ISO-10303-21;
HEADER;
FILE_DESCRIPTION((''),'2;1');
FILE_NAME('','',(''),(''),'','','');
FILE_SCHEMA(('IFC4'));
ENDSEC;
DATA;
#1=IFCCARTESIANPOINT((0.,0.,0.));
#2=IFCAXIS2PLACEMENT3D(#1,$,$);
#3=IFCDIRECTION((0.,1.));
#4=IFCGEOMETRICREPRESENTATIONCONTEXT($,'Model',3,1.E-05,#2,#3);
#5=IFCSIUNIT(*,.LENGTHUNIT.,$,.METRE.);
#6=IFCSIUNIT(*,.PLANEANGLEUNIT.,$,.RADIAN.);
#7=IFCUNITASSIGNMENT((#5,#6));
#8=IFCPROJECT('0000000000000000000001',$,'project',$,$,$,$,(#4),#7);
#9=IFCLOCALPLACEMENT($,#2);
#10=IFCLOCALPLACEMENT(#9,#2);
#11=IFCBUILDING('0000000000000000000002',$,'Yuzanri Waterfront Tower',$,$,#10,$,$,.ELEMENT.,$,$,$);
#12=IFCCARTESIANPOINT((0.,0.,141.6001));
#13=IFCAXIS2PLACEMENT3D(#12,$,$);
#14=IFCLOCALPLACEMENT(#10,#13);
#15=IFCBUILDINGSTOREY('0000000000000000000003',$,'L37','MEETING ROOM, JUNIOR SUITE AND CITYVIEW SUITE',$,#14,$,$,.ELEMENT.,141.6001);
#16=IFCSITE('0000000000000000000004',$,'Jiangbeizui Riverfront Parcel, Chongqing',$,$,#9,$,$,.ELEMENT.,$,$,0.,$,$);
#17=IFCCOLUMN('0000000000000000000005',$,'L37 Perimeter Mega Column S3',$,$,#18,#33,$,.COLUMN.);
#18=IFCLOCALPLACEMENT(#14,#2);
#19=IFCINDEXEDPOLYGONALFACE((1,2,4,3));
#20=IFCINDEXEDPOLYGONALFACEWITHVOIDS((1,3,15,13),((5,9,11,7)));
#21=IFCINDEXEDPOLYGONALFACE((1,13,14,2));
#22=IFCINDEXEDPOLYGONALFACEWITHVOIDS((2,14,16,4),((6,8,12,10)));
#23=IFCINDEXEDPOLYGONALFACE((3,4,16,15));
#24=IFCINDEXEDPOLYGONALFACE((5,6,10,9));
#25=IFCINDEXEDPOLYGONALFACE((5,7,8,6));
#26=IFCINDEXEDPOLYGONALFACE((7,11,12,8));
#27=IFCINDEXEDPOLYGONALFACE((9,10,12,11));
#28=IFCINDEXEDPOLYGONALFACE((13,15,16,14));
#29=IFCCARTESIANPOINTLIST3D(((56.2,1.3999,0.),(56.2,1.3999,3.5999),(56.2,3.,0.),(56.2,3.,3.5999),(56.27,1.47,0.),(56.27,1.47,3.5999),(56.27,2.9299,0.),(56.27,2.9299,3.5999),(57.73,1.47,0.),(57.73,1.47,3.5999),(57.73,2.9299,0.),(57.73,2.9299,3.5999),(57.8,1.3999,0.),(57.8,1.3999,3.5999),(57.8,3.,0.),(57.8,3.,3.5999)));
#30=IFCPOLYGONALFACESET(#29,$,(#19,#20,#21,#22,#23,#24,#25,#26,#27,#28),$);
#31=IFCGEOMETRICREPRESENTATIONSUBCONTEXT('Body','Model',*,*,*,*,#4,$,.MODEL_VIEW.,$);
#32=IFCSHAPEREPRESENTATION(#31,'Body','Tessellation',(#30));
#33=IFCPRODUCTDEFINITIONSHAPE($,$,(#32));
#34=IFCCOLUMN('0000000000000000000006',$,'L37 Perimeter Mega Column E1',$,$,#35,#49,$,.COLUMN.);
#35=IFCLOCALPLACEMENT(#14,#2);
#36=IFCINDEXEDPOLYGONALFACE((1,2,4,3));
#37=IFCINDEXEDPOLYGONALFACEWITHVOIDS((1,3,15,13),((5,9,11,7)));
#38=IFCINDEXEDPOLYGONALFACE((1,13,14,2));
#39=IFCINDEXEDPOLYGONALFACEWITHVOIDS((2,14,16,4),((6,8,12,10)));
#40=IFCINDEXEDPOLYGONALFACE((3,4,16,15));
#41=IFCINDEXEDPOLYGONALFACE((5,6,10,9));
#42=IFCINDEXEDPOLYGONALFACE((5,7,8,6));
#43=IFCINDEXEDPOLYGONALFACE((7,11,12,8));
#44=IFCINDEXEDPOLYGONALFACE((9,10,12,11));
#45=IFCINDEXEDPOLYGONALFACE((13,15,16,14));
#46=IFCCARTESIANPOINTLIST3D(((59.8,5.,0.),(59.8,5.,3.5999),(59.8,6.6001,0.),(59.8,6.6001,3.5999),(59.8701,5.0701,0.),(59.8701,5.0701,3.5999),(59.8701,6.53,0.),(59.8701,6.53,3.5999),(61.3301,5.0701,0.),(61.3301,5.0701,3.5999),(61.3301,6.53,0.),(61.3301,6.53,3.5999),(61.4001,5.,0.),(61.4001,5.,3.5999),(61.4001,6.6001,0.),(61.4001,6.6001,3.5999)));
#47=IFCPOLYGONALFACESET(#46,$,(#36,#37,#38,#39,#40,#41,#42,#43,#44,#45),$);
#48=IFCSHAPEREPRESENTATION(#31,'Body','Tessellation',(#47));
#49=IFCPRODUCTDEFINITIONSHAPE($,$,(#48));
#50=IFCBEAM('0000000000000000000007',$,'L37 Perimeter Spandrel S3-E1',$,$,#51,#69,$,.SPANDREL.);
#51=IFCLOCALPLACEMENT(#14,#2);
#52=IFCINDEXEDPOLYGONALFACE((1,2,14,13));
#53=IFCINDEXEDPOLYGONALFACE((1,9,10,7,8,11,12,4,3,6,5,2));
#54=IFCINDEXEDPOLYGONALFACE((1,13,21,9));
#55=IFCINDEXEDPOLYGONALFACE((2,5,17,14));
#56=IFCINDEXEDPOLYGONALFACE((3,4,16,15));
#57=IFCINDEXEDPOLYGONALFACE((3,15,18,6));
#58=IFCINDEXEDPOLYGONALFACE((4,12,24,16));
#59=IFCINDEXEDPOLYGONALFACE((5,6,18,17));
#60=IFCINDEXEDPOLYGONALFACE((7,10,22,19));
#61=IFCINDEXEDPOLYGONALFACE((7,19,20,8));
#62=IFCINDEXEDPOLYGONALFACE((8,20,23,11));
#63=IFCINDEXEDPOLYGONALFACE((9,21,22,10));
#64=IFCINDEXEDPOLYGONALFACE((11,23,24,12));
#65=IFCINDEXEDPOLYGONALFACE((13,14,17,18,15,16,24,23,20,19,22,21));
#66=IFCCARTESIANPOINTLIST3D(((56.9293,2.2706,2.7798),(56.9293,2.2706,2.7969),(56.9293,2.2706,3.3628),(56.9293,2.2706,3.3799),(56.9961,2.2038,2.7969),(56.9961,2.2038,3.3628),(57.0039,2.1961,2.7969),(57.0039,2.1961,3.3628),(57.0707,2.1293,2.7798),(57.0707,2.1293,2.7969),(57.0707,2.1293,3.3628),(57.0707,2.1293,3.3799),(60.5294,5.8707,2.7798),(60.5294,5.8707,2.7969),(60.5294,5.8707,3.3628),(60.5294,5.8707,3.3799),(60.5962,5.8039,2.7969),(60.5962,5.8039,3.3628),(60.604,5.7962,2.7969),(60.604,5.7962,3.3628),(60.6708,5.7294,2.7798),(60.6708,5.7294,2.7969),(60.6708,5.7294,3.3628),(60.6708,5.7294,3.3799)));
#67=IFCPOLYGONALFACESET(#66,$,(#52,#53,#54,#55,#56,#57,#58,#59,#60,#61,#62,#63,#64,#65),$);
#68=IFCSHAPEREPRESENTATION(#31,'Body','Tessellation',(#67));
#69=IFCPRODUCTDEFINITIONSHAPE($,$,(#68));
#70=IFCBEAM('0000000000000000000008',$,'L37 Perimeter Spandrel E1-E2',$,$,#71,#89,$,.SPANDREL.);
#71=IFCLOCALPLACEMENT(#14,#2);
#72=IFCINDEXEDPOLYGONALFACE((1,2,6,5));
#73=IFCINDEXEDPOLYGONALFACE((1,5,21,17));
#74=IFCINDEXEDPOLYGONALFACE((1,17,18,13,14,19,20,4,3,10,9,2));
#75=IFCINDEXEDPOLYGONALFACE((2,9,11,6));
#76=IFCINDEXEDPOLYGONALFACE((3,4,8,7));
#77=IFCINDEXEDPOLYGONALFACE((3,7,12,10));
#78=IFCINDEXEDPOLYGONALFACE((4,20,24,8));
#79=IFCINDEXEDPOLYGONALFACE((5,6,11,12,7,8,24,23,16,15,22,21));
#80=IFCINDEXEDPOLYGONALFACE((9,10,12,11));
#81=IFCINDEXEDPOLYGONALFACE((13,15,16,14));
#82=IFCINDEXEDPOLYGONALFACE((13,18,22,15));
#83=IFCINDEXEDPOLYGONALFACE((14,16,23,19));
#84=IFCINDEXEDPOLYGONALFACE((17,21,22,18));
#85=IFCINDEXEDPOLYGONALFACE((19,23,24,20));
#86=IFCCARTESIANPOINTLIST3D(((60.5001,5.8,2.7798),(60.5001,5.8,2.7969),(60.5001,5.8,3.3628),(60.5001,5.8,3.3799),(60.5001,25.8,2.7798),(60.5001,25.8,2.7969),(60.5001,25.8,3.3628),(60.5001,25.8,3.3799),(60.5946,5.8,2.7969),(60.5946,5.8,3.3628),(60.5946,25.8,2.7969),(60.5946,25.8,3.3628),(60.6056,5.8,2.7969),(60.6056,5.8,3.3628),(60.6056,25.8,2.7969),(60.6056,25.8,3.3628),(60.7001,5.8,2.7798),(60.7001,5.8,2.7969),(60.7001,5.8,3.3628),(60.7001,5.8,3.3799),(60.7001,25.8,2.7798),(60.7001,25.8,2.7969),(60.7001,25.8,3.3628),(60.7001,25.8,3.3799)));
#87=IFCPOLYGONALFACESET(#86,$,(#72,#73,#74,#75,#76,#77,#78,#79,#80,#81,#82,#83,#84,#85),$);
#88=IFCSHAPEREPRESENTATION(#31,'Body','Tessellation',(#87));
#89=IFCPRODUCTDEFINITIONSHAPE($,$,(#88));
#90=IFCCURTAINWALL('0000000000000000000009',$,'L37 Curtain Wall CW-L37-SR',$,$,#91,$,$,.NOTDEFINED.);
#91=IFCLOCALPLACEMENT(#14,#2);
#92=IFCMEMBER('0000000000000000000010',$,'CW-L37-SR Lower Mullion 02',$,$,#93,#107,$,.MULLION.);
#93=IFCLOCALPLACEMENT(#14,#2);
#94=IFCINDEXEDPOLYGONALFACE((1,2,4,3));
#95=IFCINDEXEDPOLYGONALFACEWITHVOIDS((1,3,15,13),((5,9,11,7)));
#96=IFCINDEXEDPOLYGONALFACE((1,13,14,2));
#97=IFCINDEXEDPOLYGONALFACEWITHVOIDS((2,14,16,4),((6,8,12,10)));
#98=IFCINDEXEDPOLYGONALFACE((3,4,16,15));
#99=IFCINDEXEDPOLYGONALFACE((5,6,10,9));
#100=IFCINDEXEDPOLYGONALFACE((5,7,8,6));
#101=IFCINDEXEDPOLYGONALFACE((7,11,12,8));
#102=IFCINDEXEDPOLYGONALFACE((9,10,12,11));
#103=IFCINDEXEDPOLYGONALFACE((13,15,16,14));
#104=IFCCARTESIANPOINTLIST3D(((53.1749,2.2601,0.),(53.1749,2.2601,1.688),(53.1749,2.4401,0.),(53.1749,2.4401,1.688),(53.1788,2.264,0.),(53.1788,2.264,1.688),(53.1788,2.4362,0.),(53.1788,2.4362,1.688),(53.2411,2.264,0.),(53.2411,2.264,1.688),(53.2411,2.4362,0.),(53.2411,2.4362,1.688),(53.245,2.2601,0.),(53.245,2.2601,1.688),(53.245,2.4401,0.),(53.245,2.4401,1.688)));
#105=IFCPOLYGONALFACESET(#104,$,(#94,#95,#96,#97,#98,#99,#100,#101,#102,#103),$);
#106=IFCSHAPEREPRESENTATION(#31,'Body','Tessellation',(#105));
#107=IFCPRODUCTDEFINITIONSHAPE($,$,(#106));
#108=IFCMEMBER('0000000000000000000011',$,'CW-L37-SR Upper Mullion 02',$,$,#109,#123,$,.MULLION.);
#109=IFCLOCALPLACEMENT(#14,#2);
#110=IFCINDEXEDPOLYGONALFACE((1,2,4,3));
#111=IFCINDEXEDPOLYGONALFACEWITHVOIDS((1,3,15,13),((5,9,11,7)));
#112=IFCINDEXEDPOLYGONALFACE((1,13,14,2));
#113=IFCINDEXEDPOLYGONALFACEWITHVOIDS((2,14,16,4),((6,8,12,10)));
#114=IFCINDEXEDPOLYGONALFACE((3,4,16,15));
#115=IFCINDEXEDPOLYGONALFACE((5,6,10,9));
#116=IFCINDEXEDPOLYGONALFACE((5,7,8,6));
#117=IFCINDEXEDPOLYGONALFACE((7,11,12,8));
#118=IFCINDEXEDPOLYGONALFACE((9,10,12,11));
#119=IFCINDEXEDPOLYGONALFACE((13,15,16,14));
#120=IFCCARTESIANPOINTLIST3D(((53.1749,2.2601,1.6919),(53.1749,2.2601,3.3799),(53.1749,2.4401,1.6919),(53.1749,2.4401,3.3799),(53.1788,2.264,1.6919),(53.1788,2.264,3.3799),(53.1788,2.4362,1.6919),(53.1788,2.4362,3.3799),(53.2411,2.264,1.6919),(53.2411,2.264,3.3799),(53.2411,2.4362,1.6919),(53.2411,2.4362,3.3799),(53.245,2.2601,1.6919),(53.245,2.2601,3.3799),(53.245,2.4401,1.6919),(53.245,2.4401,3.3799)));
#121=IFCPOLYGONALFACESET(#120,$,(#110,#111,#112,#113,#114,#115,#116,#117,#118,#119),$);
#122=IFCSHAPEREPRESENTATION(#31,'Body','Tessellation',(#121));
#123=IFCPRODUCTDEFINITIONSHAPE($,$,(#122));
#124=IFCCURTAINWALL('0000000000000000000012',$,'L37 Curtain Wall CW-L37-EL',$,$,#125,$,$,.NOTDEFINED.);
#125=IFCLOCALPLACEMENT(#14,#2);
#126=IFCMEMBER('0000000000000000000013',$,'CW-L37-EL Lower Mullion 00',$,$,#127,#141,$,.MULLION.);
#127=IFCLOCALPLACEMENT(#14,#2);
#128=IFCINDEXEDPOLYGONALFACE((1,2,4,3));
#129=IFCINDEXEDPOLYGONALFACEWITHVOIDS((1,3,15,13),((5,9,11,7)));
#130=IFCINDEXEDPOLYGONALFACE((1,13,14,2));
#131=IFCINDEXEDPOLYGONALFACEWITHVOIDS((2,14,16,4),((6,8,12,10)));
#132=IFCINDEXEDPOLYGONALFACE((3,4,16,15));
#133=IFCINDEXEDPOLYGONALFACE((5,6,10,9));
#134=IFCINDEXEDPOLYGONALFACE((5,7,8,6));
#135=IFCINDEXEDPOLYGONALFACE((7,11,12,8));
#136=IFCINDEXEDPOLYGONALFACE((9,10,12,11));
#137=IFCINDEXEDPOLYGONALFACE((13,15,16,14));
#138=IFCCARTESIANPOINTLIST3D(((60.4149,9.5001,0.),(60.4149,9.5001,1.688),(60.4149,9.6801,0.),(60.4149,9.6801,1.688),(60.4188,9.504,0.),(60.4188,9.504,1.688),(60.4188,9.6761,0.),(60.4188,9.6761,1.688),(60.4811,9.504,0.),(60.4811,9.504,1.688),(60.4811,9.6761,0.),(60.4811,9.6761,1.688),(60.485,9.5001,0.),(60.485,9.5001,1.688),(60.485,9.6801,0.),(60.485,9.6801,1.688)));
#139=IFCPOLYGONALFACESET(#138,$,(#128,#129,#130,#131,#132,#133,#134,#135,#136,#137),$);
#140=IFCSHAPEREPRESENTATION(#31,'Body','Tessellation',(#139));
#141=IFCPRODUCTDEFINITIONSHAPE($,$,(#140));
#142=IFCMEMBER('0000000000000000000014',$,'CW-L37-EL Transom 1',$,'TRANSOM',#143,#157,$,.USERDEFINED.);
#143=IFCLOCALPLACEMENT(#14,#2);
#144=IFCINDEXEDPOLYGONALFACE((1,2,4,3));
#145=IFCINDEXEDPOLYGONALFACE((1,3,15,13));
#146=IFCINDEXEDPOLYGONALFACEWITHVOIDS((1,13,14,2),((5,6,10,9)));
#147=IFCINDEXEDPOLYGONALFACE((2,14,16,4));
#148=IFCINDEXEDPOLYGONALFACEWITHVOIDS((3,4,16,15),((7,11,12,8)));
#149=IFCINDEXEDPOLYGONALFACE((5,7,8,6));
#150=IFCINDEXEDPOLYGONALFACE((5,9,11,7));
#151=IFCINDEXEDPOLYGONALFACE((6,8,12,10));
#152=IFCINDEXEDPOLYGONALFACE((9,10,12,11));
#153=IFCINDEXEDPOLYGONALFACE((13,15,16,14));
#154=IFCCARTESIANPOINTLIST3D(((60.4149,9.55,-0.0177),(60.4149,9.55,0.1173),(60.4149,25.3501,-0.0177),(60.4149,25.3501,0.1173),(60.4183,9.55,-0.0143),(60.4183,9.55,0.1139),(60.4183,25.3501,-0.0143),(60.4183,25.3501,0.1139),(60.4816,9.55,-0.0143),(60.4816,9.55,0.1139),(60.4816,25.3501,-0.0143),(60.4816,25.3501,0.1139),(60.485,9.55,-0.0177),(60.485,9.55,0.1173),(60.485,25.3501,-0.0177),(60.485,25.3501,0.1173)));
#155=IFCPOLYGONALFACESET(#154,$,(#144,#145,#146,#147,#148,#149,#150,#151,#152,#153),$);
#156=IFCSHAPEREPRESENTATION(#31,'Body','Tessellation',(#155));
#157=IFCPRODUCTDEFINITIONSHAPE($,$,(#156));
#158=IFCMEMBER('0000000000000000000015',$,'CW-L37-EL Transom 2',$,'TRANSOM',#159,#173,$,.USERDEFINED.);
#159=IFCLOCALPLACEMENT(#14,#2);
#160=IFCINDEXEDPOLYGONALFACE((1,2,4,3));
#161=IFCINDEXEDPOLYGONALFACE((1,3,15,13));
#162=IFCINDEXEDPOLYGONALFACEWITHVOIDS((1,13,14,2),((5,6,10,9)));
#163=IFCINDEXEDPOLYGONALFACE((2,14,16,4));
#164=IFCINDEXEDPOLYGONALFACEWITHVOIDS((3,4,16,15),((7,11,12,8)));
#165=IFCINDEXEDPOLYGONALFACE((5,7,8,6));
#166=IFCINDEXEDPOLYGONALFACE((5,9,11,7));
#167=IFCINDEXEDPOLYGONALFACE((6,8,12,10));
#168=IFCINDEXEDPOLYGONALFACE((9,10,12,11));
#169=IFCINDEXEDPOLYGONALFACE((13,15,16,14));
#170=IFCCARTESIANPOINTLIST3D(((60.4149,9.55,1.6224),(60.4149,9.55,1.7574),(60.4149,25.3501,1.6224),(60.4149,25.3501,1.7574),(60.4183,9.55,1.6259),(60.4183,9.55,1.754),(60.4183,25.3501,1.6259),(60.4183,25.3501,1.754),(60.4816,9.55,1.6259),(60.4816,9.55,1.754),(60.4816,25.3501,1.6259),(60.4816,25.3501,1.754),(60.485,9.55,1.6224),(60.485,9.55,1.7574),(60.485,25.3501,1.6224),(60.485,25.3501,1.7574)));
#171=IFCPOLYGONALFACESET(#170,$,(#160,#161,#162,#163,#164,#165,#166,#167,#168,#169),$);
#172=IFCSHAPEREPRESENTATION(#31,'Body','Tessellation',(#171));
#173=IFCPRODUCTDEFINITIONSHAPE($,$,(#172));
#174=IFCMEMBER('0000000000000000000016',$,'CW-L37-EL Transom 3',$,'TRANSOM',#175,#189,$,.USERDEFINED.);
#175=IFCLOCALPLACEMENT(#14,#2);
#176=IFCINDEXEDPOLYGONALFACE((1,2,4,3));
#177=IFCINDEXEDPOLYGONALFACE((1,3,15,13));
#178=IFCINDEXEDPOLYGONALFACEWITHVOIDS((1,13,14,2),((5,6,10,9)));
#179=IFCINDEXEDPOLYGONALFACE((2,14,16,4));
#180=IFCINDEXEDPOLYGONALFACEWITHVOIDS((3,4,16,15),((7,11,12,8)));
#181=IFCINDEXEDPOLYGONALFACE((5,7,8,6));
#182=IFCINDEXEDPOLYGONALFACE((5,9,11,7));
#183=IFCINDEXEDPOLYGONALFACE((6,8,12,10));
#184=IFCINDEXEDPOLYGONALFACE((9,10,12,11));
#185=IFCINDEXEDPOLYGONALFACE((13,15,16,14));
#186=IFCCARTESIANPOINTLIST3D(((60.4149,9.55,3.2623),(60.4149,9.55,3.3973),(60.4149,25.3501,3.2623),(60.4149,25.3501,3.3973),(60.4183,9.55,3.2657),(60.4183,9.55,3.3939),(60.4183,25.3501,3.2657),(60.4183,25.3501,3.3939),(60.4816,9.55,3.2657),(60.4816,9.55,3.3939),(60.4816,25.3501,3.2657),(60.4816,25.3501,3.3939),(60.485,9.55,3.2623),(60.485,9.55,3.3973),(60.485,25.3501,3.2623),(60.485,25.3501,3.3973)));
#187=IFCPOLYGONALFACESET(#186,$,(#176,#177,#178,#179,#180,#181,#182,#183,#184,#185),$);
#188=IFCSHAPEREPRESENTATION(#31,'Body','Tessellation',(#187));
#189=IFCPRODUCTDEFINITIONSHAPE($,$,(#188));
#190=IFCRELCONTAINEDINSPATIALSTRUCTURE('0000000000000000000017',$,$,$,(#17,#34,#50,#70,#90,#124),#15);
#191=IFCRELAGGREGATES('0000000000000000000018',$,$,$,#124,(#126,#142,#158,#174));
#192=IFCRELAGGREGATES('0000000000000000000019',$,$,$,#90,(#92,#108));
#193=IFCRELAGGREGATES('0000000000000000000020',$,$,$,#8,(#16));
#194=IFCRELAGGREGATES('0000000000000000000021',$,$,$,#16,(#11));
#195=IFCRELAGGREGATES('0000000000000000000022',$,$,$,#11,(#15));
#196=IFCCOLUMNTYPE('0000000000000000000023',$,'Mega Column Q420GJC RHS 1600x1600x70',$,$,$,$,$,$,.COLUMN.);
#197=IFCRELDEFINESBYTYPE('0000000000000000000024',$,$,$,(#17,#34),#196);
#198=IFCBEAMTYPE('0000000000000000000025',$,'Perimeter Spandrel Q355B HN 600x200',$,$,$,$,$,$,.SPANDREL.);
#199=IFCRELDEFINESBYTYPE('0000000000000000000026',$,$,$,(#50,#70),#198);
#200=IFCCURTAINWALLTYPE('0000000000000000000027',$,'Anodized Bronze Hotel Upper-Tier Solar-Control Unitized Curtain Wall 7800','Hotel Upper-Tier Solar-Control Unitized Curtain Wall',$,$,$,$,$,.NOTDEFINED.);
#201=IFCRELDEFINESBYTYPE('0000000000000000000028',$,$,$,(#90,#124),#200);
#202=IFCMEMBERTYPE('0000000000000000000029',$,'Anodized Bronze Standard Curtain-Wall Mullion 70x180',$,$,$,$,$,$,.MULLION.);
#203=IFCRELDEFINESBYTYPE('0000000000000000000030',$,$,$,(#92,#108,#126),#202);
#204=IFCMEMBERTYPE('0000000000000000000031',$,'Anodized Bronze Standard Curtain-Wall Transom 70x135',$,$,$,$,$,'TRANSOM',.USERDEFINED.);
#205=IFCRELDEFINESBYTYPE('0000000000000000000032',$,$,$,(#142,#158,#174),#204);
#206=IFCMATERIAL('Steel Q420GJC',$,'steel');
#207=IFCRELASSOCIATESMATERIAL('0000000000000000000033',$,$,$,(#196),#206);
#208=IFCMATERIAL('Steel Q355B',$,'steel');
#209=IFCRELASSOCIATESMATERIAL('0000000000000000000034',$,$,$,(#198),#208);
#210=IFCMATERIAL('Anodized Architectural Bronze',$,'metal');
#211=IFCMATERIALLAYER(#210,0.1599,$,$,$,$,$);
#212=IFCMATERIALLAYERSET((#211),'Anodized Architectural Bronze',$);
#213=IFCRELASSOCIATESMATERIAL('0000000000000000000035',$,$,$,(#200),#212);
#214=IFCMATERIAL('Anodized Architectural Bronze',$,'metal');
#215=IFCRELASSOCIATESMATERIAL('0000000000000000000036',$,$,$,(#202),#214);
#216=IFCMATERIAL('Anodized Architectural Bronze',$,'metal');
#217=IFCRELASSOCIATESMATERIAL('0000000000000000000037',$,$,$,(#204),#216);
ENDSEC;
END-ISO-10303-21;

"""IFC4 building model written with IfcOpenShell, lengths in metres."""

from ifc_helpers import new_model, si_unit, direction, frame, origin, origin_2d, place, context, subcontext, project, spatial, hollow_rectangle, i_section, extrude, source, transform, mapped, material, layer, layer_set, material_profile, profile_set, type_object, element, aggregate, save


model = new_model("IFC4")

# Units and contexts
model_context = context("Model", 3, precision=1e-05, world=origin(), true_north=direction((0.0, 1.0)))
body_context = subcontext(model_context, "Body", "Model", "MODEL_VIEW")
ifc_project = project(units=[si_unit("LENGTHUNIT", "METRE"), si_unit("PLANEANGLEUNIT", "RADIAN")], contexts=[model_context])

# Site, building, storey
site_placement = place(None, origin())
site = spatial("IfcSite", under=ifc_project, at=site_placement, Name="Jiangbeizui Riverfront Parcel, Chongqing", CompositionType="ELEMENT", RefElevation=0.0)
building_placement = place(site_placement, origin())
building = spatial("IfcBuilding", under=site, at=building_placement, Name="Yuzanri Waterfront Tower", CompositionType="ELEMENT")
storey_placement = place(building_placement, frame((0.0, 0.0, 141.6001)))
storey = spatial("IfcBuildingStorey", under=building, at=storey_placement, Name="L37", Description="MEETING ROOM, JUNIOR SUITE AND CITYVIEW SUITE", CompositionType="ELEMENT", Elevation=141.6001)

# Columns
ifc_material_1 = material(Name="Steel Q420GJC", Category="steel")
ifc_material_profile_1 = material_profile(ifc_material_1, hollow_rectangle(XDim=1.6001, YDim=1.6001, WallThickness=0.0701, at=origin_2d()), Name="RHS 1600x1600x70")
ifc_profile_set_1 = profile_set([ifc_material_profile_1], Name="Steel Q420GJC")
column_type = type_object("IfcColumnType", Name="Mega Column Q420GJC RHS 1600x1600x70", PredefinedType="COLUMN", material=ifc_profile_set_1)
shared_shape_1 = source(origin(), body_context, "Body", "SweptSolid", [
    extrude(hollow_rectangle(XDim=1.6001, YDim=1.6001, WallThickness=0.0701, at=origin_2d()), origin(), (0.0, 0.0, 1.0), 3.5999),
])
for number, where, z_axis, x_axis, name in (
    (1, (57.0, 2.2, 0.0), (0.0, 0.0, 1.0), (1.0, 0.0, 0.0), "L37 Perimeter Mega Column S3"),
    (2, (60.6001, 5.8, 0.0), (0.0, 0.0, 1.0), (1.0, 0.0, 0.0), "L37 Perimeter Mega Column E1"),
):
    element("IfcColumn", number, at=place(storey_placement, frame(where, z_axis=z_axis, x_axis=x_axis)), inside=storey, type_object=column_type, Name=name, PredefinedType="COLUMN", context=body_context, shape_type="MappedRepresentation", body=[
        mapped(shared_shape_1, transform((0.0, 0.0, 0.0), scale=1.0)),
    ])

# Beams
ifc_material_2 = material(Name="Steel Q355B", Category="steel")
ifc_material_profile_2 = material_profile(ifc_material_2, i_section(OverallWidth=0.2, OverallDepth=0.6001, WebThickness=0.011, FlangeThickness=0.0171, at=origin_2d()), Name="HN 600x200x11x17")
ifc_profile_set_2 = profile_set([ifc_material_profile_2], Name="Steel Q355B")
beam_type = type_object("IfcBeamType", Name="Perimeter Spandrel Q355B HN 600x200", PredefinedType="SPANDREL", material=ifc_profile_set_2)
shared_shape_2 = source(origin(), body_context, "Body", "SweptSolid", [
    extrude(i_section(OverallWidth=0.2, OverallDepth=0.6001, WebThickness=0.011, FlangeThickness=0.0171, at=origin_2d()), origin(), (0.0, 0.0, 1.0), 5.0913),
])
beam_1_placement = place(storey_placement, frame((57.0, 2.2, 3.0798), z_axis=(0.707107, 0.707107, 0.0), x_axis=(-0.707107, 0.707107, 0.0)))
element("IfcBeam", 3, at=beam_1_placement, inside=storey, type_object=beam_type, Name="L37 Perimeter Spandrel S3-E1", PredefinedType="SPANDREL", context=body_context, shape_type="MappedRepresentation", body=[
    mapped(shared_shape_2, transform((0.0, 0.0, 0.0), scale=1.0)),
])
shared_shape_3 = source(origin(), body_context, "Body", "SweptSolid", [
    extrude(i_section(OverallWidth=0.2, OverallDepth=0.6001, WebThickness=0.011, FlangeThickness=0.0171, at=origin_2d()), origin(), (0.0, 0.0, 1.0), 20.0),
])
beam_2_placement = place(storey_placement, frame((60.6001, 5.8, 3.0798), z_axis=(0.0, 1.0, 0.0), x_axis=(-1.0, 0.0, 0.0)))
element("IfcBeam", 4, at=beam_2_placement, inside=storey, type_object=beam_type, Name="L37 Perimeter Spandrel E1-E2", PredefinedType="SPANDREL", context=body_context, shape_type="MappedRepresentation", body=[
    mapped(shared_shape_3, transform((0.0, 0.0, 0.0), scale=1.0)),
])

# Curtain walls, members
ifc_material_3 = material(Name="Anodized Architectural Bronze", Category="metal")
ifc_layer_1 = layer(ifc_material_3, 0.1599)
ifc_layer_set_1 = layer_set([ifc_layer_1], Name="Anodized Architectural Bronze")
curtain_wall_type = type_object("IfcCurtainWallType", Name="Anodized Bronze Hotel Upper-Tier Solar-Control Unitized Curtain Wall 7800", Description="Hotel Upper-Tier Solar-Control Unitized Curtain Wall", PredefinedType="NOTDEFINED", material=ifc_layer_set_1)
curtain_wall_1_placement = place(storey_placement, origin())
curtain_wall_1 = element("IfcCurtainWall", 5, at=curtain_wall_1_placement, inside=storey, type_object=curtain_wall_type, Name="L37 Curtain Wall CW-L37-SR", PredefinedType="NOTDEFINED")
ifc_material_4 = material(Name="Anodized Architectural Bronze", Category="metal")
ifc_material_profile_3 = material_profile(ifc_material_4, hollow_rectangle(XDim=0.0701, YDim=0.1799, WallThickness=0.0039, at=origin_2d()), Name="CWM 70x180")
ifc_profile_set_3 = profile_set([ifc_material_profile_3], Name="Anodized Architectural Bronze")
member_type_1 = type_object("IfcMemberType", Name="Anodized Bronze Standard Curtain-Wall Mullion 70x180", PredefinedType="MULLION", material=ifc_profile_set_3)
shared_shape_4 = source(origin(), body_context, "Body", "SweptSolid", [
    extrude(hollow_rectangle(XDim=0.0701, YDim=0.1799, WallThickness=0.0039, at=origin_2d()), origin(), (0.0, 0.0, 1.0), 1.688),
])
member_1_placement = place(storey_placement, frame((53.21, 2.3501, 0.0), z_axis=(0.0, 0.0, 1.0), x_axis=(1.0, 0.0, 0.0)))
member_1 = element("IfcMember", 6, at=member_1_placement, type_object=member_type_1, Name="CW-L37-SR Lower Mullion 02", PredefinedType="MULLION", context=body_context, shape_type="MappedRepresentation", body=[
    mapped(shared_shape_4, transform((0.0, 0.0, 0.0), scale=1.0)),
])
member_2_placement = place(storey_placement, frame((53.21, 2.3501, 1.6919), z_axis=(0.0, 0.0, 1.0), x_axis=(1.0, 0.0, 0.0)))
member_2 = element("IfcMember", 7, at=member_2_placement, type_object=member_type_1, Name="CW-L37-SR Upper Mullion 02", PredefinedType="MULLION", context=body_context, shape_type="MappedRepresentation", body=[
    mapped(shared_shape_4, transform((0.0, 0.0, 0.0), scale=1.0)),
])
curtain_wall_2_placement = place(storey_placement, origin())
curtain_wall_2 = element("IfcCurtainWall", 8, at=curtain_wall_2_placement, inside=storey, type_object=curtain_wall_type, Name="L37 Curtain Wall CW-L37-EL", PredefinedType="NOTDEFINED")
member_3_placement = place(storey_placement, frame((60.45, 9.5901, 0.0), z_axis=(0.0, 0.0, 1.0), x_axis=(1.0, 0.0, 0.0)))
member_3 = element("IfcMember", 9, at=member_3_placement, type_object=member_type_1, Name="CW-L37-EL Lower Mullion 00", PredefinedType="MULLION", context=body_context, shape_type="MappedRepresentation", body=[
    mapped(shared_shape_4, transform((0.0, 0.0, 0.0), scale=1.0)),
])
ifc_material_5 = material(Name="Anodized Architectural Bronze", Category="metal")
ifc_material_profile_4 = material_profile(ifc_material_5, hollow_rectangle(XDim=0.0701, YDim=0.135, WallThickness=0.0034, at=origin_2d()), Name="CWT 70x135")
ifc_profile_set_4 = profile_set([ifc_material_profile_4], Name="Anodized Architectural Bronze")
member_type_2 = type_object("IfcMemberType", Name="Anodized Bronze Standard Curtain-Wall Transom 70x135", ElementType="TRANSOM", PredefinedType="USERDEFINED", material=ifc_profile_set_4)
shared_shape_5 = source(origin(), body_context, "Body", "SweptSolid", [
    extrude(hollow_rectangle(XDim=0.0701, YDim=0.135, WallThickness=0.0034, at=origin_2d()), origin(), (0.0, 0.0, 1.0), 15.8),
])
member_4_placement = place(storey_placement, frame((60.45, 9.55, 0.0498), z_axis=(0.0, 1.0, 0.0), x_axis=(-1.0, 0.0, 0.0)))
member_4 = element("IfcMember", 10, at=member_4_placement, type_object=member_type_2, Name="CW-L37-EL Transom 1", ObjectType="TRANSOM", PredefinedType="USERDEFINED", context=body_context, shape_type="MappedRepresentation", body=[
    mapped(shared_shape_5, transform((0.0, 0.0, 0.0), scale=1.0)),
])
member_5_placement = place(storey_placement, frame((60.45, 9.55, 1.6899), z_axis=(0.0, 1.0, 0.0), x_axis=(-1.0, 0.0, 0.0)))
member_5 = element("IfcMember", 11, at=member_5_placement, type_object=member_type_2, Name="CW-L37-EL Transom 2", ObjectType="TRANSOM", PredefinedType="USERDEFINED", context=body_context, shape_type="MappedRepresentation", body=[
    mapped(shared_shape_5, transform((0.0, 0.0, 0.0), scale=1.0)),
])
member_6_placement = place(storey_placement, frame((60.45, 9.55, 3.3298), z_axis=(0.0, 1.0, 0.0), x_axis=(-1.0, 0.0, 0.0)))
member_6 = element("IfcMember", 12, at=member_6_placement, type_object=member_type_2, Name="CW-L37-EL Transom 3", ObjectType="TRANSOM", PredefinedType="USERDEFINED", context=body_context, shape_type="MappedRepresentation", body=[
    mapped(shared_shape_5, transform((0.0, 0.0, 0.0), scale=1.0)),
])
aggregate(curtain_wall_2, [member_3, member_4, member_5, member_6])

aggregate(curtain_wall_1, [member_1, member_2])

save(model, "model.ifc")
